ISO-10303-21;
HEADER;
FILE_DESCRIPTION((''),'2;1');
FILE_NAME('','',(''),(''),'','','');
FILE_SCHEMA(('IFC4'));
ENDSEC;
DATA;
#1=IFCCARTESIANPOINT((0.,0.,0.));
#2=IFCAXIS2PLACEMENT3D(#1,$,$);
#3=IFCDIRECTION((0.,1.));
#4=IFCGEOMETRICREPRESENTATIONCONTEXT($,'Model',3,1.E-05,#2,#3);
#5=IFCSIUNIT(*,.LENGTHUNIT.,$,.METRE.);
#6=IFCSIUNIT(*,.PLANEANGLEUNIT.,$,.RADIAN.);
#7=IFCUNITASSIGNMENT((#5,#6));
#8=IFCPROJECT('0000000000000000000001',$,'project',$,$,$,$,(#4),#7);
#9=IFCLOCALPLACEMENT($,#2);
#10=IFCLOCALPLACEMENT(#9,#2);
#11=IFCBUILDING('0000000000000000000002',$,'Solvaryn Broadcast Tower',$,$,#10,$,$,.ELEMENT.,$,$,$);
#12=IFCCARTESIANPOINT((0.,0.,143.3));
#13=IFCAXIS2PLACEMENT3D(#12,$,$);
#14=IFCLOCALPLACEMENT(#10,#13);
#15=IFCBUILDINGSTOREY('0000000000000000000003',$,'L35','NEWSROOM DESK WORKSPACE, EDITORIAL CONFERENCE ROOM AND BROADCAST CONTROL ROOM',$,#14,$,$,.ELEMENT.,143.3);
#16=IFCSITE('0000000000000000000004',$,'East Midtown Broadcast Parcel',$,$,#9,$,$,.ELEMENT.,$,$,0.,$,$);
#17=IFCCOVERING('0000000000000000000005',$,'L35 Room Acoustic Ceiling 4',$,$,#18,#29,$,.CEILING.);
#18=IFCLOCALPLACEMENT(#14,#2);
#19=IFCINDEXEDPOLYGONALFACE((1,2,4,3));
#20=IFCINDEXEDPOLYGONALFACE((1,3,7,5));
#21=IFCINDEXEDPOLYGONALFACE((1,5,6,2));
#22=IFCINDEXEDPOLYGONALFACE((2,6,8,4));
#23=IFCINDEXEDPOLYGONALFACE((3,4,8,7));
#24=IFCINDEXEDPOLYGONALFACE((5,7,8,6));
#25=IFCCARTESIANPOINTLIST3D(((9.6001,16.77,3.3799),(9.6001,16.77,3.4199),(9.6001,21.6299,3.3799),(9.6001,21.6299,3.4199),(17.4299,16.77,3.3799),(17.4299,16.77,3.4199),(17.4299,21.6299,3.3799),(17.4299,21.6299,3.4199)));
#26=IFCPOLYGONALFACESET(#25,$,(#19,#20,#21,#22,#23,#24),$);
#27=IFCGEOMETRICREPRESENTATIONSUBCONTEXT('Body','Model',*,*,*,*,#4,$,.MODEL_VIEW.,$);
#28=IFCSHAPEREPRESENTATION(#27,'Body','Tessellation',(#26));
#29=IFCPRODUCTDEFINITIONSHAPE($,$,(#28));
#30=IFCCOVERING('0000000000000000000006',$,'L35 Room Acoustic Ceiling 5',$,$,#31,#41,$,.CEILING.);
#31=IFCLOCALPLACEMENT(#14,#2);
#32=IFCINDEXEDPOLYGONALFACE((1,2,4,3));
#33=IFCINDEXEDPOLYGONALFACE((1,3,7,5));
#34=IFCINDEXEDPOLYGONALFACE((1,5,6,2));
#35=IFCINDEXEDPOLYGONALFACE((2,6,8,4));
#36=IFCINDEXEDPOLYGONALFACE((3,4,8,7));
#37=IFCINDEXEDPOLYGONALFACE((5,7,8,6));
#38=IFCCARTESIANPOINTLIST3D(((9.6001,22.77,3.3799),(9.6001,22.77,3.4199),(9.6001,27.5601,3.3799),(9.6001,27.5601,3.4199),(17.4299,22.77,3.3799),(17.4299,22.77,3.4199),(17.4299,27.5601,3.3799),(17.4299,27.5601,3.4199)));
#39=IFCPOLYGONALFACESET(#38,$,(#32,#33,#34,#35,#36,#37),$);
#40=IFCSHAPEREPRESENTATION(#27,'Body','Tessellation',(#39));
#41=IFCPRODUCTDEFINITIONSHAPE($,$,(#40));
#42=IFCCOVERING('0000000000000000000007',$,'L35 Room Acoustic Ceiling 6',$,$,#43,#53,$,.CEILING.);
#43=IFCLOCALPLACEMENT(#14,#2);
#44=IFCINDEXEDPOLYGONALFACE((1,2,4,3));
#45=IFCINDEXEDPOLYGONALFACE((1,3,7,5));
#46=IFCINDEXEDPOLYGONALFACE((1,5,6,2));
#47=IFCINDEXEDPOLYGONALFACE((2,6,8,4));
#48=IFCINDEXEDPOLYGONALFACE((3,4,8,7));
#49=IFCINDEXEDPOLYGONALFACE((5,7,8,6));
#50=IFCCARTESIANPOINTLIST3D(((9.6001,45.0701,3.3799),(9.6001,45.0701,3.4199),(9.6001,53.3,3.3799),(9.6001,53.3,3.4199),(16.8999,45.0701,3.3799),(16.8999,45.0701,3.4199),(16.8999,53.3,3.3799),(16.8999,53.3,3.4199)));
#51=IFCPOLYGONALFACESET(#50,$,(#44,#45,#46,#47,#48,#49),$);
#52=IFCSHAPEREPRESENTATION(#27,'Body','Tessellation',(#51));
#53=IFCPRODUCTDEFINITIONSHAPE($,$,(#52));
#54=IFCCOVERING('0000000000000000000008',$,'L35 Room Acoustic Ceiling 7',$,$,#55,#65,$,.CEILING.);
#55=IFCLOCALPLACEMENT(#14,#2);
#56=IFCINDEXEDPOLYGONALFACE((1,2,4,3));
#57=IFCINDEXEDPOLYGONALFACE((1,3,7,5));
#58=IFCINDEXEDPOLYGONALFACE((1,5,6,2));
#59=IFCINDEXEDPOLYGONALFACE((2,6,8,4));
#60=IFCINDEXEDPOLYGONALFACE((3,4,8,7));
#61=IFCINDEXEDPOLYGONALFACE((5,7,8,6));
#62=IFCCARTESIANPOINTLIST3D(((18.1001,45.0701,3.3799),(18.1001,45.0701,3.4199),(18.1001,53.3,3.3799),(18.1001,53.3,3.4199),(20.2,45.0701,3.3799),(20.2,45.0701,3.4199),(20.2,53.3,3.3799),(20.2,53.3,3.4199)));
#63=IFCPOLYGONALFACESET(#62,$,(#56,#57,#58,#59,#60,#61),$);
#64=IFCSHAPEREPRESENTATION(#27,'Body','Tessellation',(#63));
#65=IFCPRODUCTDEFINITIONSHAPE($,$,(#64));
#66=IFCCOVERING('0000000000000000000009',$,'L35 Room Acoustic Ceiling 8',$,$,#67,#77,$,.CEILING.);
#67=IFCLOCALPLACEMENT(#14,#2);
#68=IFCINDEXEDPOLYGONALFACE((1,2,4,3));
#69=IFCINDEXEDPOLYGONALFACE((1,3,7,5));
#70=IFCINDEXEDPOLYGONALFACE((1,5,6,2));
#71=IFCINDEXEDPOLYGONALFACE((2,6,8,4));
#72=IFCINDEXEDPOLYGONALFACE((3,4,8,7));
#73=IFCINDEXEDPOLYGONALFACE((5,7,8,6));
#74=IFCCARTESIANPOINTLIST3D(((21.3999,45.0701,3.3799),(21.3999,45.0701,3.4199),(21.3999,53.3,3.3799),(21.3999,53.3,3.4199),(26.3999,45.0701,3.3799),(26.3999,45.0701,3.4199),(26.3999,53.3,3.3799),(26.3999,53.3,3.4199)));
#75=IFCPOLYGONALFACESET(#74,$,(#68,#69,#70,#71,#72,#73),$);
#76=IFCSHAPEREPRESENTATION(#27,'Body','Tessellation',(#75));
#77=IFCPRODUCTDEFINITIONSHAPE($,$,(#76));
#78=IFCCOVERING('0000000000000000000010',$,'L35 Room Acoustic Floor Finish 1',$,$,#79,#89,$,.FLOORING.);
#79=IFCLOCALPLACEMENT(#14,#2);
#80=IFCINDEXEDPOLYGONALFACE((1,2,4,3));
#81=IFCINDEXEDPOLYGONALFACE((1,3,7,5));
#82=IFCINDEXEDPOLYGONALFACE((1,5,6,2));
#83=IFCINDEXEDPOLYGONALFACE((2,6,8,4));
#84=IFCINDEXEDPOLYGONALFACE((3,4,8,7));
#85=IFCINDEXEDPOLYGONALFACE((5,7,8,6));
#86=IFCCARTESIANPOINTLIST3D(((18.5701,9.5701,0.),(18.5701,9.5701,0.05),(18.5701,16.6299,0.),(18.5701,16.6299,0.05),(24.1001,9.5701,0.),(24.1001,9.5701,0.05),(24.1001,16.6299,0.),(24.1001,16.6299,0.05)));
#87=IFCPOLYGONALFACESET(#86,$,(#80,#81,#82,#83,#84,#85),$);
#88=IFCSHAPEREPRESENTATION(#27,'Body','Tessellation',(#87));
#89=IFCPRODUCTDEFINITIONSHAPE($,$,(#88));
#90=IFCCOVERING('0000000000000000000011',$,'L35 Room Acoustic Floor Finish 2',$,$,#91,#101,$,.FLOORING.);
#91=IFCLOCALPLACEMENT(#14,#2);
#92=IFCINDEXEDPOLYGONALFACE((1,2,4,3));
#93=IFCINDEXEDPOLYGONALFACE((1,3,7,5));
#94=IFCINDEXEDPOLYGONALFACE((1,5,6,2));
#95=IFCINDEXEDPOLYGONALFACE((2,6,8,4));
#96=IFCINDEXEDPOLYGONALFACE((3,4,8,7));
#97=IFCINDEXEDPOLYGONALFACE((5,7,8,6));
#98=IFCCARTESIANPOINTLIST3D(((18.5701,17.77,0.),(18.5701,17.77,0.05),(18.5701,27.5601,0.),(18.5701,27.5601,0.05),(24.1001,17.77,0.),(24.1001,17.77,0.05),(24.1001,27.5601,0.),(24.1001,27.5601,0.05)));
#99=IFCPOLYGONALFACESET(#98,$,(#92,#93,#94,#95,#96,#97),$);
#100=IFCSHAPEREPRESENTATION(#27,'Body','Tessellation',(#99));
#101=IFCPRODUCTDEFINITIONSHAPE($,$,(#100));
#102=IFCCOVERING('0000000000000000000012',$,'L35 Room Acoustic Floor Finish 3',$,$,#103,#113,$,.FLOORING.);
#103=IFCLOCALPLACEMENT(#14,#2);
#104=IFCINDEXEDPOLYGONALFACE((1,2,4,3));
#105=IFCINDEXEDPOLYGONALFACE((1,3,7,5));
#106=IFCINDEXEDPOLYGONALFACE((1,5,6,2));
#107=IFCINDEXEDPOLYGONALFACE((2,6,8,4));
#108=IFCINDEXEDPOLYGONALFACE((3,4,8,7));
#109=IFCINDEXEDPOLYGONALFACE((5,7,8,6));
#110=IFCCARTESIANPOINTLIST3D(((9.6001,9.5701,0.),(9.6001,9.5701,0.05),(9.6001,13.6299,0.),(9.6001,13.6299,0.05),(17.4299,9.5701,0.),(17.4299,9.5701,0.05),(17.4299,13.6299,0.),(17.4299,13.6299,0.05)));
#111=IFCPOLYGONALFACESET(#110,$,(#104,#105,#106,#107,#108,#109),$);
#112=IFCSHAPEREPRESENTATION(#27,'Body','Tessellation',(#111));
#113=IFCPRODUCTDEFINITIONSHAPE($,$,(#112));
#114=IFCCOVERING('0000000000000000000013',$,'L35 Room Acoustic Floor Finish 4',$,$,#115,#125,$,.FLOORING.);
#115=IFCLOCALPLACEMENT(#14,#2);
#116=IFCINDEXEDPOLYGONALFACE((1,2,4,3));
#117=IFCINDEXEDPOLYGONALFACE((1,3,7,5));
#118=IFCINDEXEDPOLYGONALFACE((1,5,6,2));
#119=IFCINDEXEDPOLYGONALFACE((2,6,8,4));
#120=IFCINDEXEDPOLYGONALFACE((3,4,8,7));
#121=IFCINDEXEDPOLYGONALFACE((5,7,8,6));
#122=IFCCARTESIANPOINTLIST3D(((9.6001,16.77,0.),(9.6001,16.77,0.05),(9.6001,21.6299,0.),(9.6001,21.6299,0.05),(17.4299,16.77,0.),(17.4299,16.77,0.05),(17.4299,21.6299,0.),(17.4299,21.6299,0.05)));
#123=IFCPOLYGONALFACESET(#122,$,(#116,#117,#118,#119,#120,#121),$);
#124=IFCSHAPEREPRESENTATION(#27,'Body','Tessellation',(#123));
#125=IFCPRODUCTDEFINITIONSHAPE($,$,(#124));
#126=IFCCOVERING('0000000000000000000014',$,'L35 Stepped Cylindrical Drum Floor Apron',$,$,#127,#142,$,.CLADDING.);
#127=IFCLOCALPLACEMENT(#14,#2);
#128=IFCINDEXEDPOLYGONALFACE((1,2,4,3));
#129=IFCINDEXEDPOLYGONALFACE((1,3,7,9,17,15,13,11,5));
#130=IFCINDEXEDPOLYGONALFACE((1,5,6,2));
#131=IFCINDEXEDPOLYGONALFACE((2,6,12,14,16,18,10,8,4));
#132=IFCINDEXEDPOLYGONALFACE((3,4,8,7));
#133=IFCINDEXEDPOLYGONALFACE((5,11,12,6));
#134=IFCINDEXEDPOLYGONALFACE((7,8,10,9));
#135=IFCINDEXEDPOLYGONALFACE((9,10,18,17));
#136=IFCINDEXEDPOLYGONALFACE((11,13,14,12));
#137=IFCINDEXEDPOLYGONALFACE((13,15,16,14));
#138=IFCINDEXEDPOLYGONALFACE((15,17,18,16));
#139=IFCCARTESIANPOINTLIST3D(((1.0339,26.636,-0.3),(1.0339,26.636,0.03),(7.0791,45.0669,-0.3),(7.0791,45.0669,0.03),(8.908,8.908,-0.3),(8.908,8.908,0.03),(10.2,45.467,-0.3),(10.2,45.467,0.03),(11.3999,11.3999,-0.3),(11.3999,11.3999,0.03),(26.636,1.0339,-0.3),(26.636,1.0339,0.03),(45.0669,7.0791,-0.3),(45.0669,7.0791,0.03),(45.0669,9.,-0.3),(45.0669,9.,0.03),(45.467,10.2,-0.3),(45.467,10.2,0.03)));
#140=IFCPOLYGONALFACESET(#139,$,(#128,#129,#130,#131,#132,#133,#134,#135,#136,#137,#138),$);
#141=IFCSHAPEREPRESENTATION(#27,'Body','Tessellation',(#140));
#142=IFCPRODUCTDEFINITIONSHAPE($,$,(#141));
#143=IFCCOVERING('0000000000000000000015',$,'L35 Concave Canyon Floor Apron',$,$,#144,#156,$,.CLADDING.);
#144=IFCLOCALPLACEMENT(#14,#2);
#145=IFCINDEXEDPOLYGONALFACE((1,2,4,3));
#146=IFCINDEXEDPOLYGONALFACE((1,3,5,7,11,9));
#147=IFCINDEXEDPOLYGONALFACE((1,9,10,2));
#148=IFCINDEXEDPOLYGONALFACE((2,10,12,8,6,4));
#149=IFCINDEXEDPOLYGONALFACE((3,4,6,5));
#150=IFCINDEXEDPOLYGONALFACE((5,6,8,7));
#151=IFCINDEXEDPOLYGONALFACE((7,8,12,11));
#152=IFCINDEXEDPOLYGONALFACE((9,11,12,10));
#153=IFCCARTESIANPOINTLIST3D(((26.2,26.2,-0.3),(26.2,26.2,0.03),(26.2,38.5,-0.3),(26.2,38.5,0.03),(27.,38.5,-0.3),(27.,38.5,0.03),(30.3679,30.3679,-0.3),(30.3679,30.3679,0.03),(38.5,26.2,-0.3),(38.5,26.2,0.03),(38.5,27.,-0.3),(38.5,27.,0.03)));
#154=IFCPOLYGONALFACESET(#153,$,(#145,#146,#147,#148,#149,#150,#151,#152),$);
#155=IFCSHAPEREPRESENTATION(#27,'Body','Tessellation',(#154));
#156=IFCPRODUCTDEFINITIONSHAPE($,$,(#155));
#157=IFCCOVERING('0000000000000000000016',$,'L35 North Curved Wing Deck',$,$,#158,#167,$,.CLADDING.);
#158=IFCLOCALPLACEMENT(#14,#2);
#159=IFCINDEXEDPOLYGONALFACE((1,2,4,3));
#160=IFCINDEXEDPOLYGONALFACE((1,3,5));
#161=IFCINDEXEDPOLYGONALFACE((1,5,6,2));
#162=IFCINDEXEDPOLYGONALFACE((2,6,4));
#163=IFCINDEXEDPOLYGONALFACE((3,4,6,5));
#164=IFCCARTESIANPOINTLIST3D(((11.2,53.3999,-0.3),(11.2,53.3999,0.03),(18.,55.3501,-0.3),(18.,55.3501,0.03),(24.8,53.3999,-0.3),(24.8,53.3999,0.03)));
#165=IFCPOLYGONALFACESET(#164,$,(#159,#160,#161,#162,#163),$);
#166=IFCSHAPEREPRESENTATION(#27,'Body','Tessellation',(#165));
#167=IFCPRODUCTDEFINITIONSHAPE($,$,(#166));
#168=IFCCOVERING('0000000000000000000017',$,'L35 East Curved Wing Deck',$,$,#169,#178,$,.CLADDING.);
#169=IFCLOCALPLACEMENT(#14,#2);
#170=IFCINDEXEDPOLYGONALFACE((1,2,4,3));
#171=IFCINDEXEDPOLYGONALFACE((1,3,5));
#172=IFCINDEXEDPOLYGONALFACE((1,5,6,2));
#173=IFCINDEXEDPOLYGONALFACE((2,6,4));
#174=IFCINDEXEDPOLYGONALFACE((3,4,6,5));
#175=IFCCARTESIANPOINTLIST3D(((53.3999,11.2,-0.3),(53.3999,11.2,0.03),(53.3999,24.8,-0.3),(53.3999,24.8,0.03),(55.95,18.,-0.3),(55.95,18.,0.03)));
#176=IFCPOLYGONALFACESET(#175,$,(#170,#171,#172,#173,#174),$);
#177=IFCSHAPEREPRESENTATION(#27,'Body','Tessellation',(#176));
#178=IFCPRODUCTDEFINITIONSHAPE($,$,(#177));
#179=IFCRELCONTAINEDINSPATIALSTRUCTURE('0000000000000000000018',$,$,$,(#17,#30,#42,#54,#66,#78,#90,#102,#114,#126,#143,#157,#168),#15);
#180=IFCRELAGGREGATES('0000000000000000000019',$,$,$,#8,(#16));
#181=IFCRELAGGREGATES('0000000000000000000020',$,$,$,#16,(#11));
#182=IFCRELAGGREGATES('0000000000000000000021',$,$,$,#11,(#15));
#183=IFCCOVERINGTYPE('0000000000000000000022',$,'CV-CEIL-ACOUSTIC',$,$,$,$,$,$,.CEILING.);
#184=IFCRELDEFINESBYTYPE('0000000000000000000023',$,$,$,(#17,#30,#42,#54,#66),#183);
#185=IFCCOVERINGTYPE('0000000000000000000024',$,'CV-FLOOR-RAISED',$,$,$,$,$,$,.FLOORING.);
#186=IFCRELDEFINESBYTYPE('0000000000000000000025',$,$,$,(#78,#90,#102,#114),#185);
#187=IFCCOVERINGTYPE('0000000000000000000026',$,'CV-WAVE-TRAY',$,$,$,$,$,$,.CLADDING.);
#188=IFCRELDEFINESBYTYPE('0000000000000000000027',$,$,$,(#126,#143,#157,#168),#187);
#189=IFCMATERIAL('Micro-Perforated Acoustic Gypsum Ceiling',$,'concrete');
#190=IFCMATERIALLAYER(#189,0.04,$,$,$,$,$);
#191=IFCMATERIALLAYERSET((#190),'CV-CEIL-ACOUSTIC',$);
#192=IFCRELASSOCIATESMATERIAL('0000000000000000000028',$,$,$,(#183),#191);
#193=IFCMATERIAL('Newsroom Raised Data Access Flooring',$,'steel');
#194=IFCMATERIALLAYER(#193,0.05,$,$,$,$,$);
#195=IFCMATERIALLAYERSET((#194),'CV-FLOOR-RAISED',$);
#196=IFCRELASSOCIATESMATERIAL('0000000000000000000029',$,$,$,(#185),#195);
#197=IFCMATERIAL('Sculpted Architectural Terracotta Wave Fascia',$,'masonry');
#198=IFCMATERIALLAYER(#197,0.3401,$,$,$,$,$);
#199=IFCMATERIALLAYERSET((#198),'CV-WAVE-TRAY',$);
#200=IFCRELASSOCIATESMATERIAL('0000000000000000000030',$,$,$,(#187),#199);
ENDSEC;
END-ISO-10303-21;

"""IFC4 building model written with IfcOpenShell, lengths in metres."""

from ifc_helpers import new_model, si_unit, direction, frame, origin, place, context, subcontext, project, spatial, polyline, outline, extrude, material, layer, layer_set, type_object, element, save


model = new_model("IFC4")

# Units and contexts
model_context = context("Model", 3, precision=1e-05, world=origin(), true_north=direction((0.0, 1.0)))
body_context = subcontext(model_context, "Body", "Model", "MODEL_VIEW")
ifc_project = project(units=[si_unit("LENGTHUNIT", "METRE"), si_unit("PLANEANGLEUNIT", "RADIAN")], contexts=[model_context])

# Site, building, storey
site_placement = place(None, origin())
site = spatial("IfcSite", under=ifc_project, at=site_placement, Name="East Midtown Broadcast Parcel", CompositionType="ELEMENT", RefElevation=0.0)
building_placement = place(site_placement, origin())
building = spatial("IfcBuilding", under=site, at=building_placement, Name="Solvaryn Broadcast Tower", CompositionType="ELEMENT")
storey_placement = place(building_placement, frame((0.0, 0.0, 143.3)))
storey = spatial("IfcBuildingStorey", under=building, at=storey_placement, Name="L35", Description="NEWSROOM DESK WORKSPACE, EDITORIAL CONFERENCE ROOM AND BROADCAST CONTROL ROOM", CompositionType="ELEMENT", Elevation=143.3)

# Coverings
ifc_material_1 = material(Name="Micro-Perforated Acoustic Gypsum Ceiling", Category="concrete")
ifc_layer_1 = layer(ifc_material_1, 0.04)
ifc_layer_set_1 = layer_set([ifc_layer_1], Name="CV-CEIL-ACOUSTIC")
covering_type_1 = type_object("IfcCoveringType", Name="CV-CEIL-ACOUSTIC", PredefinedType="CEILING", material=ifc_layer_set_1)
covering_1_placement = place(storey_placement, frame((0.0, 0.0, 3.3799)))
element("IfcCovering", 1, at=covering_1_placement, inside=storey, type_object=covering_type_1, Name="L35 Room Acoustic Ceiling 4", PredefinedType="CEILING", context=body_context, shape_type="SweptSolid", body=[
    extrude(outline(polyline([(9.6001, 16.77), (17.4299, 16.77), (17.4299, 21.6299), (9.6001, 21.6299), (9.6001, 16.77)])), origin(), (0.0, 0.0, 1.0), 0.04),
])
covering_2_placement = place(storey_placement, frame((0.0, 0.0, 3.3799)))
element("IfcCovering", 2, at=covering_2_placement, inside=storey, type_object=covering_type_1, Name="L35 Room Acoustic Ceiling 5", PredefinedType="CEILING", context=body_context, shape_type="SweptSolid", body=[
    extrude(outline(polyline([(9.6001, 22.77), (17.4299, 22.77), (17.4299, 27.5601), (9.6001, 27.5601), (9.6001, 22.77)])), origin(), (0.0, 0.0, 1.0), 0.04),
])
covering_3_placement = place(storey_placement, frame((0.0, 0.0, 3.3799)))
element("IfcCovering", 3, at=covering_3_placement, inside=storey, type_object=covering_type_1, Name="L35 Room Acoustic Ceiling 6", PredefinedType="CEILING", context=body_context, shape_type="SweptSolid", body=[
    extrude(outline(polyline([(9.6001, 45.0701), (16.8999, 45.0701), (16.8999, 53.3), (9.6001, 53.3), (9.6001, 45.0701)])), origin(), (0.0, 0.0, 1.0), 0.04),
])
covering_4_placement = place(storey_placement, frame((0.0, 0.0, 3.3799)))
element("IfcCovering", 4, at=covering_4_placement, inside=storey, type_object=covering_type_1, Name="L35 Room Acoustic Ceiling 7", PredefinedType="CEILING", context=body_context, shape_type="SweptSolid", body=[
    extrude(outline(polyline([(18.1001, 45.0701), (20.2, 45.0701), (20.2, 53.3), (18.1001, 53.3), (18.1001, 45.0701)])), origin(), (0.0, 0.0, 1.0), 0.04),
])
covering_5_placement = place(storey_placement, frame((0.0, 0.0, 3.3799)))
element("IfcCovering", 5, at=covering_5_placement, inside=storey, type_object=covering_type_1, Name="L35 Room Acoustic Ceiling 8", PredefinedType="CEILING", context=body_context, shape_type="SweptSolid", body=[
    extrude(outline(polyline([(21.3999, 45.0701), (26.3999, 45.0701), (26.3999, 53.3), (21.3999, 53.3), (21.3999, 45.0701)])), origin(), (0.0, 0.0, 1.0), 0.04),
])
ifc_material_2 = material(Name="Newsroom Raised Data Access Flooring", Category="steel")
ifc_layer_2 = layer(ifc_material_2, 0.05)
ifc_layer_set_2 = layer_set([ifc_layer_2], Name="CV-FLOOR-RAISED")
covering_type_2 = type_object("IfcCoveringType", Name="CV-FLOOR-RAISED", PredefinedType="FLOORING", material=ifc_layer_set_2)
covering_6_placement = place(storey_placement, origin())
element("IfcCovering", 6, at=covering_6_placement, inside=storey, type_object=covering_type_2, Name="L35 Room Acoustic Floor Finish 1", PredefinedType="FLOORING", context=body_context, shape_type="SweptSolid", body=[
    extrude(outline(polyline([(18.5701, 9.5701), (24.1001, 9.5701), (24.1001, 16.6299), (18.5701, 16.6299), (18.5701, 9.5701)])), origin(), (0.0, 0.0, 1.0), 0.05),
])
covering_7_placement = place(storey_placement, origin())
element("IfcCovering", 7, at=covering_7_placement, inside=storey, type_object=covering_type_2, Name="L35 Room Acoustic Floor Finish 2", PredefinedType="FLOORING", context=body_context, shape_type="SweptSolid", body=[
    extrude(outline(polyline([(18.5701, 17.77), (24.1001, 17.77), (24.1001, 27.5601), (18.5701, 27.5601), (18.5701, 17.77)])), origin(), (0.0, 0.0, 1.0), 0.05),
])
covering_8_placement = place(storey_placement, origin())
element("IfcCovering", 8, at=covering_8_placement, inside=storey, type_object=covering_type_2, Name="L35 Room Acoustic Floor Finish 3", PredefinedType="FLOORING", context=body_context, shape_type="SweptSolid", body=[
    extrude(outline(polyline([(9.6001, 9.5701), (17.4299, 9.5701), (17.4299, 13.6299), (9.6001, 13.6299), (9.6001, 9.5701)])), origin(), (0.0, 0.0, 1.0), 0.05),
])
covering_9_placement = place(storey_placement, origin())
element("IfcCovering", 9, at=covering_9_placement, inside=storey, type_object=covering_type_2, Name="L35 Room Acoustic Floor Finish 4", PredefinedType="FLOORING", context=body_context, shape_type="SweptSolid", body=[
    extrude(outline(polyline([(9.6001, 16.77), (17.4299, 16.77), (17.4299, 21.6299), (9.6001, 21.6299), (9.6001, 16.77)])), origin(), (0.0, 0.0, 1.0), 0.05),
])
ifc_material_3 = material(Name="Sculpted Architectural Terracotta Wave Fascia", Category="masonry")
ifc_layer_3 = layer(ifc_material_3, 0.3401)
ifc_layer_set_3 = layer_set([ifc_layer_3], Name="CV-WAVE-TRAY")
covering_type_3 = type_object("IfcCoveringType", Name="CV-WAVE-TRAY", PredefinedType="CLADDING", material=ifc_layer_set_3)
covering_10_placement = place(storey_placement, frame((0.0, 0.0, -0.3)))
element("IfcCovering", 10, at=covering_10_placement, inside=storey, type_object=covering_type_3, Name="L35 Stepped Cylindrical Drum Floor Apron", PredefinedType="CLADDING", context=body_context, shape_type="SweptSolid", body=[
    extrude(outline(polyline([(10.2, 45.467), (7.0791, 45.0669), (1.0339, 26.636), (8.908, 8.908), (26.636, 1.0339), (45.0669, 7.0791), (45.0669, 9.0), (45.467, 10.2), (11.3999, 11.3999), (10.2, 45.467)])), origin(), (0.0, 0.0, 1.0), 0.3301),
])
covering_11_placement = place(storey_placement, frame((0.0, 0.0, -0.3)))
element("IfcCovering", 11, at=covering_11_placement, inside=storey, type_object=covering_type_3, Name="L35 Concave Canyon Floor Apron", PredefinedType="CLADDING", context=body_context, shape_type="SweptSolid", body=[
    extrude(outline(polyline([(26.2, 26.2), (38.5, 26.2), (38.5, 27.0), (30.3679, 30.3679), (27.0, 38.5), (26.2, 38.5), (26.2, 26.2)])), origin(), (0.0, 0.0, 1.0), 0.3301),
])
covering_12_placement = place(storey_placement, frame((0.0, 0.0, -0.3)))
element("IfcCovering", 12, at=covering_12_placement, inside=storey, type_object=covering_type_3, Name="L35 North Curved Wing Deck", PredefinedType="CLADDING", context=body_context, shape_type="SweptSolid", body=[
    extrude(outline(polyline([(11.2, 53.3999), (24.8, 53.3999), (18.0, 55.3501), (11.2, 53.3999)])), origin(), (0.0, 0.0, 1.0), 0.3301),
])
covering_13_placement = place(storey_placement, frame((0.0, 0.0, -0.3)))
element("IfcCovering", 13, at=covering_13_placement, inside=storey, type_object=covering_type_3, Name="L35 East Curved Wing Deck", PredefinedType="CLADDING", context=body_context, shape_type="SweptSolid", body=[
    extrude(outline(polyline([(53.3999, 11.2), (55.95, 18.0), (53.3999, 24.8), (53.3999, 11.2)])), origin(), (0.0, 0.0, 1.0), 0.3301),
])

save(model, "model.ifc")
